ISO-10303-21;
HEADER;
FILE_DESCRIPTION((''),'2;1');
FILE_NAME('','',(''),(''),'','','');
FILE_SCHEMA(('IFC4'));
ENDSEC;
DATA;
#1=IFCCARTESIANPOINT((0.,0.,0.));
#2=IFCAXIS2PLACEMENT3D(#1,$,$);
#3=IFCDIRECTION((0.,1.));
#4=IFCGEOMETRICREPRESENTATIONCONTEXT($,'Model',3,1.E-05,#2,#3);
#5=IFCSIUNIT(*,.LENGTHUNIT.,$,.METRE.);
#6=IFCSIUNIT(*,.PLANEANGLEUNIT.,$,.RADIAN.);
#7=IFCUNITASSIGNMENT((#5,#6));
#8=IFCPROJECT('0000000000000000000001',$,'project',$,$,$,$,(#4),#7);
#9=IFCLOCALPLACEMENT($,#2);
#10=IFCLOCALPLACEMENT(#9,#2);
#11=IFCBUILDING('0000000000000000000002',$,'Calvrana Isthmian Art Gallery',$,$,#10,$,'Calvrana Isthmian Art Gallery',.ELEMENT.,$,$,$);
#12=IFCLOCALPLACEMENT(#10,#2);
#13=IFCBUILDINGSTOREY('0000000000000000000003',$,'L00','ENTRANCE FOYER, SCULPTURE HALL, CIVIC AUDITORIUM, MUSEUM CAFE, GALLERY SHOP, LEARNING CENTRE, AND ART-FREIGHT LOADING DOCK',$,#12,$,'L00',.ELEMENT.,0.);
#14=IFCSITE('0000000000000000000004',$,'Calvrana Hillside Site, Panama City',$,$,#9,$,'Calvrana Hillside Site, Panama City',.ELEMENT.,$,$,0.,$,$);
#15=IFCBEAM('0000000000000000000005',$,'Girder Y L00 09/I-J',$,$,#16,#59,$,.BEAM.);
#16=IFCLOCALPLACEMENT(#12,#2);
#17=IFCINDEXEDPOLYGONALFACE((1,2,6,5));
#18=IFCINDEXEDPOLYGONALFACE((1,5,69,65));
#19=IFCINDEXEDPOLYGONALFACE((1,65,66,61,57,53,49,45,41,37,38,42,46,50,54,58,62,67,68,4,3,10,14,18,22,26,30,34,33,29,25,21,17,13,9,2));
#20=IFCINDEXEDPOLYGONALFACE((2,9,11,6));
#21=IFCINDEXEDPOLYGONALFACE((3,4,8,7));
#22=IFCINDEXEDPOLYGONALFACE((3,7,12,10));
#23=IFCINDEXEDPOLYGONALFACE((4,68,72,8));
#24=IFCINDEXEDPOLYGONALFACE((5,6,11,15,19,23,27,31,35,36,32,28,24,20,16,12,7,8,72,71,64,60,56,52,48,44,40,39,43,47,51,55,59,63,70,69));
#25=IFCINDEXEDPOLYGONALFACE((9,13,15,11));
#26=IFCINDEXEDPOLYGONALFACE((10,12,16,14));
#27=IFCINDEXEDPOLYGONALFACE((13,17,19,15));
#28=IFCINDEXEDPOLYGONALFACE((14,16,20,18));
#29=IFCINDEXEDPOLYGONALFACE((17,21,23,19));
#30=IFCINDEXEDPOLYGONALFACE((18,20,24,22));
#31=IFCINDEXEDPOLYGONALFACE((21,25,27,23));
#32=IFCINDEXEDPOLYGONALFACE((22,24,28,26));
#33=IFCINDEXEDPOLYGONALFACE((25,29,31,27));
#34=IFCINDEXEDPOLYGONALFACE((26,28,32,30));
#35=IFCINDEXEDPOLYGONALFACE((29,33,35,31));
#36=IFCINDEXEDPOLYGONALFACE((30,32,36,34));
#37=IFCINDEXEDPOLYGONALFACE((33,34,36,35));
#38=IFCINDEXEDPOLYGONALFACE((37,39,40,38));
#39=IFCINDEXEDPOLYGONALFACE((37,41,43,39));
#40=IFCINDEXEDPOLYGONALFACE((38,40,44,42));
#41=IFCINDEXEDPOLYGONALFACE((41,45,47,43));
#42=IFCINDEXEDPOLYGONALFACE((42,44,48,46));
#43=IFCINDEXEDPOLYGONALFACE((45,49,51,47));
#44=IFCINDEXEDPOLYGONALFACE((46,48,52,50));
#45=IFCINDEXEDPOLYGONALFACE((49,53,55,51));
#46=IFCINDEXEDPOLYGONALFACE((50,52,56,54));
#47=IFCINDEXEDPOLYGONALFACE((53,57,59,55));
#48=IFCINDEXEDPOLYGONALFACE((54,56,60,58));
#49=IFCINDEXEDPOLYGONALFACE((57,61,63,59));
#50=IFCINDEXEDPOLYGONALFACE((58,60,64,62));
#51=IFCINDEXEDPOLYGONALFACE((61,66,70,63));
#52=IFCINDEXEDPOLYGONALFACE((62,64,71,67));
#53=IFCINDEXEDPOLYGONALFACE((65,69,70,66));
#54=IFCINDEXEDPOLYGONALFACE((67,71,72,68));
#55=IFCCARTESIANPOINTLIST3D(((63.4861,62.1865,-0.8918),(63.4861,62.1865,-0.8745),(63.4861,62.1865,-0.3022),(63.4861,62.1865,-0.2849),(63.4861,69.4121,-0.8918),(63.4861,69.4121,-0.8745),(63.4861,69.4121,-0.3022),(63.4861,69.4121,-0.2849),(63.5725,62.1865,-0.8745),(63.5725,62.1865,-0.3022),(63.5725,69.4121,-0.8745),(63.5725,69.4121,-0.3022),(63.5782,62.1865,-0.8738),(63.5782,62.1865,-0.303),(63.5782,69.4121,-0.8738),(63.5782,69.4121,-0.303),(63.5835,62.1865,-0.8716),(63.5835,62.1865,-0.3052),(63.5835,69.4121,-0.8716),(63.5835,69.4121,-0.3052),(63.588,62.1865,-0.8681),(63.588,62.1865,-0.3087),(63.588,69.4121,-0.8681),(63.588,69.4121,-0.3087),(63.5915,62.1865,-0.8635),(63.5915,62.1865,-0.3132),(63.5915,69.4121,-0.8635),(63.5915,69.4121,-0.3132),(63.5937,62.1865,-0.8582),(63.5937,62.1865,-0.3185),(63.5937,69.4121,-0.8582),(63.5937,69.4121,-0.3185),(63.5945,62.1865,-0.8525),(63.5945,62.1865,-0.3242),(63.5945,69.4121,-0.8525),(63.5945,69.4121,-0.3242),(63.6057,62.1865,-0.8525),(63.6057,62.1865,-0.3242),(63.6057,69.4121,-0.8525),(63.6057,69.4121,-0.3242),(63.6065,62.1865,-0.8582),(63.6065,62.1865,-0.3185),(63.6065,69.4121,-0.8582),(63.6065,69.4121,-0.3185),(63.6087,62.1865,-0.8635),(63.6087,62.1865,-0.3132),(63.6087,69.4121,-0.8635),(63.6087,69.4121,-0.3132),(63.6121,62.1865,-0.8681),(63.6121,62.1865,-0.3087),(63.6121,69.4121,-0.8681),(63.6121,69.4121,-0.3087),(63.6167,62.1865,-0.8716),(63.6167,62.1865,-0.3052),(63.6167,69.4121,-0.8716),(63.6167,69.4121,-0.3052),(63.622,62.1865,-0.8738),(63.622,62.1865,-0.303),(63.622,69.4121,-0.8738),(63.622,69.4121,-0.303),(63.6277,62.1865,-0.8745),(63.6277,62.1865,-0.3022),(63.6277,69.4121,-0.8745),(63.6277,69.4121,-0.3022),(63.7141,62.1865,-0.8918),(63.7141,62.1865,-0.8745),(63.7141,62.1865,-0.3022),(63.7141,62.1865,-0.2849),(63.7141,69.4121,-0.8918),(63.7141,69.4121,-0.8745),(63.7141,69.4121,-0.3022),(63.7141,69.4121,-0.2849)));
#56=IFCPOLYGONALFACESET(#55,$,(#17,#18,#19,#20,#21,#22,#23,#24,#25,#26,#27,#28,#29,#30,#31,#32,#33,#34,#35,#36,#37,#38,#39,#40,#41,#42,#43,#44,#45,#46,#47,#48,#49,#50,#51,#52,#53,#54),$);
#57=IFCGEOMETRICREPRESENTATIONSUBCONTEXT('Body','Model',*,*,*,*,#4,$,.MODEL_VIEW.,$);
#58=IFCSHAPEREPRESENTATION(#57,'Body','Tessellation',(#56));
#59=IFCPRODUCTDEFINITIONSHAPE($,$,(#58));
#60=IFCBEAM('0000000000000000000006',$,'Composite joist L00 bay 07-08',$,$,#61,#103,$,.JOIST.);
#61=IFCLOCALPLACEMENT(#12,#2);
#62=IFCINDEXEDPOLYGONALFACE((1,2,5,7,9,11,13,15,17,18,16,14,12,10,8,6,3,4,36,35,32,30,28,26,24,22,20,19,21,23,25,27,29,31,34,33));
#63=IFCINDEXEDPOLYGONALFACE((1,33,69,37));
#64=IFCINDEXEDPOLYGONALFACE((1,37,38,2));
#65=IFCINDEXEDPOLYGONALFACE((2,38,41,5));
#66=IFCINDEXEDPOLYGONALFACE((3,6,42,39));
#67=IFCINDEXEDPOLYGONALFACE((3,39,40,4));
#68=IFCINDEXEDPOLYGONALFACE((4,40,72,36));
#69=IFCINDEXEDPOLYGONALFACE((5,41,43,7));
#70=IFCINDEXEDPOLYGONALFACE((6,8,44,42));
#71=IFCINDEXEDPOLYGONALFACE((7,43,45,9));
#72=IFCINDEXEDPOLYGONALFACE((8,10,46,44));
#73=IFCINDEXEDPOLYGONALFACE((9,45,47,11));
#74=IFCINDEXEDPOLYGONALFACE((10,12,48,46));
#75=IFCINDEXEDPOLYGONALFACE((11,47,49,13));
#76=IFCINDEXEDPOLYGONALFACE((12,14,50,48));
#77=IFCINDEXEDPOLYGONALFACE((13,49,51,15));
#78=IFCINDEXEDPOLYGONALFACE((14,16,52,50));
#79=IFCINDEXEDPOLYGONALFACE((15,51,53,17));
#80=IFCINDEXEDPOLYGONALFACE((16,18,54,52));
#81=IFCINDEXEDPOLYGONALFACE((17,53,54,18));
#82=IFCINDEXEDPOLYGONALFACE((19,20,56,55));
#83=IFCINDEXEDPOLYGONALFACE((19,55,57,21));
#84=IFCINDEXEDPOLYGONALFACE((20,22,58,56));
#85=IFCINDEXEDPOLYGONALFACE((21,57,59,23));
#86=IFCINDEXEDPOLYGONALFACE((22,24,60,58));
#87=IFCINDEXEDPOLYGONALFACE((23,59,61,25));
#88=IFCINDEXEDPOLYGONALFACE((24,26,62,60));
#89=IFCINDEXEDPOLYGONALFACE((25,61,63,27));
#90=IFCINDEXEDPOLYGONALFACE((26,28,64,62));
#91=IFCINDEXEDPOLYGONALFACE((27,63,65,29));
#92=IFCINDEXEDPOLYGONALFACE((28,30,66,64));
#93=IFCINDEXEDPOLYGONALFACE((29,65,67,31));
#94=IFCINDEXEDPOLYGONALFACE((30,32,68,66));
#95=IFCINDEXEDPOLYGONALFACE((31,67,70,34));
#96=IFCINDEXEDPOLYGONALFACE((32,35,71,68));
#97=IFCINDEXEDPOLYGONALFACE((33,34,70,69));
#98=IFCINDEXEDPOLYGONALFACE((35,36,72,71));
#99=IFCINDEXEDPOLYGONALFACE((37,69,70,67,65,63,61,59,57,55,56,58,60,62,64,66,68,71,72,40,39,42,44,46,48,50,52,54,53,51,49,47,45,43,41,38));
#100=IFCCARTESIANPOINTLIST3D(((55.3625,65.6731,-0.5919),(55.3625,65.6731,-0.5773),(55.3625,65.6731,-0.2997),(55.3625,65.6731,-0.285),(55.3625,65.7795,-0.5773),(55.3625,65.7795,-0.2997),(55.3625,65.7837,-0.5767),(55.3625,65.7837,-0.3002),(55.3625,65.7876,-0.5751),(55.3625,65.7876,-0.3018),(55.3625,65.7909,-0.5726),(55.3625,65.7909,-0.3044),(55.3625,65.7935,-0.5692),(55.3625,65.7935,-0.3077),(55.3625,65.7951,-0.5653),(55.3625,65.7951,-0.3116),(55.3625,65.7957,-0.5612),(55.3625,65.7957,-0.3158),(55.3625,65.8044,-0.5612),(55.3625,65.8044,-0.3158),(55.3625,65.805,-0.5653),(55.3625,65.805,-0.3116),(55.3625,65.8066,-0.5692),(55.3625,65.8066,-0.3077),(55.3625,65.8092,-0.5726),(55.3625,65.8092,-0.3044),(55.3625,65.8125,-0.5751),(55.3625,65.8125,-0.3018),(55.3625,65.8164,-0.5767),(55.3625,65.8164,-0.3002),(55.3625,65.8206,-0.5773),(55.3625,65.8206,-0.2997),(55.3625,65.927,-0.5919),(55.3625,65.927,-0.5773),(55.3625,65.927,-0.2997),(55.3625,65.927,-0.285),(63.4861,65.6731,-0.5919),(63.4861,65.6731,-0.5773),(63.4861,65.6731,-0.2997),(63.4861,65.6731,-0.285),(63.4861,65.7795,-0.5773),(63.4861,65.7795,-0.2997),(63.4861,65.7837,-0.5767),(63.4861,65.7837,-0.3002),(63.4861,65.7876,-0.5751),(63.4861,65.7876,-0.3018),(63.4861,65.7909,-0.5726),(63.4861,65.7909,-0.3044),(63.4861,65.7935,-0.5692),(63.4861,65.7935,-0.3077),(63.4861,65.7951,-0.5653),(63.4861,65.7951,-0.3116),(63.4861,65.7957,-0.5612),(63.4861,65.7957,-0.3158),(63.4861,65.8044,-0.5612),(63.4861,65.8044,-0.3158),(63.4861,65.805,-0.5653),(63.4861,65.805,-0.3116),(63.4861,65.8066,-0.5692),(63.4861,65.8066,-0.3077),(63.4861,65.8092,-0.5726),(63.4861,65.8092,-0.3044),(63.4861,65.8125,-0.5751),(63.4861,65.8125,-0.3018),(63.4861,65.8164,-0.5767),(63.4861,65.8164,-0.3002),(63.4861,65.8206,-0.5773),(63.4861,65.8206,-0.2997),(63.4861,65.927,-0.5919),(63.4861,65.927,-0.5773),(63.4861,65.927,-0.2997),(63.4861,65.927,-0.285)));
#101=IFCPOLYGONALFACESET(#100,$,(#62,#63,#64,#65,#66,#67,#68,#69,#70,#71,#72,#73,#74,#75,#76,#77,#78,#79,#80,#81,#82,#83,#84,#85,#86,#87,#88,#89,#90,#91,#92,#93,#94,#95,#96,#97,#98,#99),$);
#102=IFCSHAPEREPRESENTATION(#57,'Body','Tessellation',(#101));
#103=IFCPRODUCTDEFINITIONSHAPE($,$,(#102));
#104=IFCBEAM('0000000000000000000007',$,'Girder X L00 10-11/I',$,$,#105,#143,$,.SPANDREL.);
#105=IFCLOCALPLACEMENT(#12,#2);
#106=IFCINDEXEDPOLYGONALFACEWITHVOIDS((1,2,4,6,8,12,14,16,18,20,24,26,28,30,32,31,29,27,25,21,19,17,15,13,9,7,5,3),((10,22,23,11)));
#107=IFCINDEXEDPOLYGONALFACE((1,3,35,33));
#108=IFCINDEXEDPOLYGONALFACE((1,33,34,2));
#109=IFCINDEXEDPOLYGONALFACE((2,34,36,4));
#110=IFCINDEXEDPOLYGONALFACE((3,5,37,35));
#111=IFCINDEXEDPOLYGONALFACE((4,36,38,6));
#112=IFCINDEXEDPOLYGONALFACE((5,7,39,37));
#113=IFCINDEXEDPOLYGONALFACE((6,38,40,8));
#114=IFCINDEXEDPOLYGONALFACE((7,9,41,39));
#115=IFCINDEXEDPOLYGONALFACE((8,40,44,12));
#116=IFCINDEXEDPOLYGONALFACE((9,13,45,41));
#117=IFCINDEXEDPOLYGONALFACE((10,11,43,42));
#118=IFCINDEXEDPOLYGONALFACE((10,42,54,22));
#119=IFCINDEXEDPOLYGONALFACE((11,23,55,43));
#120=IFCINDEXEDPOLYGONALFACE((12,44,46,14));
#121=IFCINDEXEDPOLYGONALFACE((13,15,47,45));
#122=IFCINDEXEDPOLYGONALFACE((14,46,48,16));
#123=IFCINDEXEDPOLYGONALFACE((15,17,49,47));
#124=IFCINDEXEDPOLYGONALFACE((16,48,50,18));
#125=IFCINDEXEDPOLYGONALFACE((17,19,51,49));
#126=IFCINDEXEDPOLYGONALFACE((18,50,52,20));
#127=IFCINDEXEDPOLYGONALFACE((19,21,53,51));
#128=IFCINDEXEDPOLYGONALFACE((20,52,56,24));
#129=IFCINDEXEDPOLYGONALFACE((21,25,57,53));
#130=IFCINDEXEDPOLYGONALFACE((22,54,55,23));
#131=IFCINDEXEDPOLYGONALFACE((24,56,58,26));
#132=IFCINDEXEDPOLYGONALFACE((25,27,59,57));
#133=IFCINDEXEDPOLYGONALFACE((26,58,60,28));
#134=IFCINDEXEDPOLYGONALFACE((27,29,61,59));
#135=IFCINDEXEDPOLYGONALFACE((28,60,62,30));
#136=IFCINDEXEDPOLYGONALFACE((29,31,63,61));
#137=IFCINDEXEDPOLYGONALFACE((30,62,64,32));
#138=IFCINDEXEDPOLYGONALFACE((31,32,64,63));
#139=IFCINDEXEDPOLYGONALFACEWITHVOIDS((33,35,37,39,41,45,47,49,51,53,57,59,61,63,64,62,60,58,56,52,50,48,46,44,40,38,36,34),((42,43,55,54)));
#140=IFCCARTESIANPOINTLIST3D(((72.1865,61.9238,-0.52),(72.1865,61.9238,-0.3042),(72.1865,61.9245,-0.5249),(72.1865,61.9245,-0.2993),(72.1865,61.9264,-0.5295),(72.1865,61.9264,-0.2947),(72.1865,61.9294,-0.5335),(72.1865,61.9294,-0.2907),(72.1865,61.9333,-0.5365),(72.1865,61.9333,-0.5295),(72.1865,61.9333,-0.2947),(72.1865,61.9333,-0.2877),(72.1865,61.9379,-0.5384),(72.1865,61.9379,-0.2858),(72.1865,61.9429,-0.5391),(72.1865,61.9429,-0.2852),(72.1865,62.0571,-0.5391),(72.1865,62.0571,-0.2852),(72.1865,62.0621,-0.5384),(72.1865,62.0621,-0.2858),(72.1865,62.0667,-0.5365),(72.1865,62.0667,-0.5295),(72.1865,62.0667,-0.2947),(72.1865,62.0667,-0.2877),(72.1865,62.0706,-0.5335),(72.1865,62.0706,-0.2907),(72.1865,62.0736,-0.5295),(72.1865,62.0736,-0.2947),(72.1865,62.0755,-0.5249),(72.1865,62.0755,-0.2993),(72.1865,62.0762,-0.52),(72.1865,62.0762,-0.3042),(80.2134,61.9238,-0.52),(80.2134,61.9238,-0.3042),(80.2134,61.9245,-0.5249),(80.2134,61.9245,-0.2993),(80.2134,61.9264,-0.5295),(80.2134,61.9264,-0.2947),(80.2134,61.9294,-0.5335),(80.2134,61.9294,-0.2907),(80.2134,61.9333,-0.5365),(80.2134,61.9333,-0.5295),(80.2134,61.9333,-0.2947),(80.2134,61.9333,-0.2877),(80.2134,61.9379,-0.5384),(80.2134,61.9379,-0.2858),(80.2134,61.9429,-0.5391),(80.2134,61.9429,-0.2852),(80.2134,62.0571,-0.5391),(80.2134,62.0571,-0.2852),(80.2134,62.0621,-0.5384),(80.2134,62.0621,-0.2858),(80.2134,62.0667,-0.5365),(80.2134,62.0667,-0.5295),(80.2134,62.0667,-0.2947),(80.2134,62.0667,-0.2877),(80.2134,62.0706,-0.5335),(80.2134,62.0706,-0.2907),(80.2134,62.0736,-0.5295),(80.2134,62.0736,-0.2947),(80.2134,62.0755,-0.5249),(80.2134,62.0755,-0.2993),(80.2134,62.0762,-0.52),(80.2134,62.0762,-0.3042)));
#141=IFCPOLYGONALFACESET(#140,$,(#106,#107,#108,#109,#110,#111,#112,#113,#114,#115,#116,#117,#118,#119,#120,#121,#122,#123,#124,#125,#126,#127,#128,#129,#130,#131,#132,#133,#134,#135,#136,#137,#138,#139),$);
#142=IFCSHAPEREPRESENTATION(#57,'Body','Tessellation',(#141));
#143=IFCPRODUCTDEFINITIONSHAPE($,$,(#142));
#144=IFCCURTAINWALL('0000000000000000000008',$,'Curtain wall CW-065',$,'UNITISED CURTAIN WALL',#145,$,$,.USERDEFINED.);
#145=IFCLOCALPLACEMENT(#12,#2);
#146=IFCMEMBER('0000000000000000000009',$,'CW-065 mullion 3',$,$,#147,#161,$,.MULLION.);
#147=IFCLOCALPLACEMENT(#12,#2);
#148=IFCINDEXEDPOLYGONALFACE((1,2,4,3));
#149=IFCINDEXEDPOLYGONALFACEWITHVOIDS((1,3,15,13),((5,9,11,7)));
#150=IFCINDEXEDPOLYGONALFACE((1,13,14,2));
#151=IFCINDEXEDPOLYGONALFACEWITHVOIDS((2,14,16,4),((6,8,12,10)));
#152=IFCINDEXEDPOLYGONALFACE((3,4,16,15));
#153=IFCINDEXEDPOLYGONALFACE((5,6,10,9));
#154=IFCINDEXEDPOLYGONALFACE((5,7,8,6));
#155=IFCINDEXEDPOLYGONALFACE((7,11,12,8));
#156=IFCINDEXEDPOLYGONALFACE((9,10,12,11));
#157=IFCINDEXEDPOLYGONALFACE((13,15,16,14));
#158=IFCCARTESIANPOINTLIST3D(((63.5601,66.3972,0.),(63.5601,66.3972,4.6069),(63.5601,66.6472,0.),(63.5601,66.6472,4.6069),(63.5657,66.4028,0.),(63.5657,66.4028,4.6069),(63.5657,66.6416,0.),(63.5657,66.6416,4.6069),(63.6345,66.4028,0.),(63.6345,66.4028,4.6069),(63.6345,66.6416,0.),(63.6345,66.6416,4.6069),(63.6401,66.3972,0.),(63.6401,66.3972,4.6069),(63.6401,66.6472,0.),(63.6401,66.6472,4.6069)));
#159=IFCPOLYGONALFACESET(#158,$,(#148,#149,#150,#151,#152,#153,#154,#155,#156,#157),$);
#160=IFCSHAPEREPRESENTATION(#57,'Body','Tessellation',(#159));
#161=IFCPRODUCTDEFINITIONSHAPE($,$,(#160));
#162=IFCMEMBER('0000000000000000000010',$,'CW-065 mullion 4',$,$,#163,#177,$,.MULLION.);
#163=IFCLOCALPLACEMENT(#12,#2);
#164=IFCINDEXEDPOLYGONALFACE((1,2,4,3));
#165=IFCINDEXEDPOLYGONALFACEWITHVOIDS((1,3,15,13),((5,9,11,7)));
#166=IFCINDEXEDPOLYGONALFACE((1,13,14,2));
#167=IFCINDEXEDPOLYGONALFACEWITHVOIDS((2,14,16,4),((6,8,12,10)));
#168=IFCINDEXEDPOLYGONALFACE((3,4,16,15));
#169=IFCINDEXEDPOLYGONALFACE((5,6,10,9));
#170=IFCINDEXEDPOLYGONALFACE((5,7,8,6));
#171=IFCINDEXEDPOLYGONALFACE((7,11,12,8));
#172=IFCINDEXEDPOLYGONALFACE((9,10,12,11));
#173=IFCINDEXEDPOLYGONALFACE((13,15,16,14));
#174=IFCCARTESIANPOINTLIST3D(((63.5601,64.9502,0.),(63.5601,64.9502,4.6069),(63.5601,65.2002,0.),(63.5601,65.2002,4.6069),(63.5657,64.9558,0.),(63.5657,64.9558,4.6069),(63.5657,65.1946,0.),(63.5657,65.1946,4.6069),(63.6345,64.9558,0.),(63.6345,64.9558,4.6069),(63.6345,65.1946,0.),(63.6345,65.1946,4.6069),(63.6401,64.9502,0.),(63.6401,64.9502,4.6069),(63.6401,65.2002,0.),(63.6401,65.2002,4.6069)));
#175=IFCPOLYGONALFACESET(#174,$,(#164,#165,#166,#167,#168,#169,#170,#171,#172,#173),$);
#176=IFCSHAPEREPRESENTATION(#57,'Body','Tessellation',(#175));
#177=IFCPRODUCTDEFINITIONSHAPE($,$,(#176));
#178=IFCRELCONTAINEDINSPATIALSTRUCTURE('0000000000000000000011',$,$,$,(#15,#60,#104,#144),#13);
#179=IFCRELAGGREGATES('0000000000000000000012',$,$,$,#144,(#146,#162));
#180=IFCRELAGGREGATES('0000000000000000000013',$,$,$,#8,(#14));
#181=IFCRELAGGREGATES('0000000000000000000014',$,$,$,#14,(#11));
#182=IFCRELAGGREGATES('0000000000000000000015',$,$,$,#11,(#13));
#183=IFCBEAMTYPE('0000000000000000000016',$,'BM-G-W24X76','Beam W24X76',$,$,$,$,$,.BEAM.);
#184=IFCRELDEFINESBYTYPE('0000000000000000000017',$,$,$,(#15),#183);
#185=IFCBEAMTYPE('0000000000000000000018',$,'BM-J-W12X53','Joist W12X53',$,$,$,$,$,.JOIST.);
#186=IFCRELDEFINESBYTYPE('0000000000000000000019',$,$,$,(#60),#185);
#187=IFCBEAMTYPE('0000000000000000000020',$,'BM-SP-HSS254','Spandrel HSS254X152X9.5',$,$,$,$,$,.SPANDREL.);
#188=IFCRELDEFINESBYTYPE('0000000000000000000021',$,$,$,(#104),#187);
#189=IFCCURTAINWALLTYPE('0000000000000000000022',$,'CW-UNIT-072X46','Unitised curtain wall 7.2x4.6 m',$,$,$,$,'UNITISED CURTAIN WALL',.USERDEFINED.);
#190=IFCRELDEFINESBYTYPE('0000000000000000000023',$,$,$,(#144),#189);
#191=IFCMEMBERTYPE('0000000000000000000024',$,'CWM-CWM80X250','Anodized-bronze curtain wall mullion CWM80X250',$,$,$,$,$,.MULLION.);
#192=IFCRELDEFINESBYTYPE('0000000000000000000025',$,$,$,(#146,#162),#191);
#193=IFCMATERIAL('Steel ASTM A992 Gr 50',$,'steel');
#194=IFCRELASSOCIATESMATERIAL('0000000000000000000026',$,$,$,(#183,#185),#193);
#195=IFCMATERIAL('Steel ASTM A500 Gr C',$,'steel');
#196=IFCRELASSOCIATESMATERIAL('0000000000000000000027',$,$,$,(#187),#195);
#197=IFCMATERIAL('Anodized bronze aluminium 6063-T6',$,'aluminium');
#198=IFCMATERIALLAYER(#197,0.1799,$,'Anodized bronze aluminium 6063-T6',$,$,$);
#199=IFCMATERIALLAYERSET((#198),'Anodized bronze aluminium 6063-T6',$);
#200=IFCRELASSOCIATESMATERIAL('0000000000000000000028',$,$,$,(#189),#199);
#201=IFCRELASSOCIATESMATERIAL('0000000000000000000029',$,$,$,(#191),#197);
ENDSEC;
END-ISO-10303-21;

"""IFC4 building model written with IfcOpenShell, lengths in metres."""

from ifc_helpers import new_model, si_unit, direction, frame, origin, origin_2d, place, context, subcontext, project, spatial, hollow_rectangle, i_section, extrude, material, layer, layer_set, material_profile, profile_set, type_object, element, aggregate, save


model = new_model("IFC4")

# Units and contexts
model_context = context("Model", 3, precision=1e-05, world=origin(), true_north=direction((0.0, 1.0)))
body_context = subcontext(model_context, "Body", "Model", "MODEL_VIEW")
ifc_project = project(units=[si_unit("LENGTHUNIT", "METRE"), si_unit("PLANEANGLEUNIT", "RADIAN")], contexts=[model_context])

# Site, building, storey
site_placement = place(None, origin())
site = spatial("IfcSite", under=ifc_project, at=site_placement, Name="Calvrana Hillside Site, Panama City", LongName="Calvrana Hillside Site, Panama City", CompositionType="ELEMENT", RefElevation=0.0)
building_placement = place(site_placement, origin())
building = spatial("IfcBuilding", under=site, at=building_placement, Name="Calvrana Isthmian Art Gallery", LongName="Calvrana Isthmian Art Gallery", CompositionType="ELEMENT")
storey_placement = place(building_placement, origin())
storey = spatial("IfcBuildingStorey", under=building, at=storey_placement, Name="L00", Description="ENTRANCE FOYER, SCULPTURE HALL, CIVIC AUDITORIUM, MUSEUM CAFE, GALLERY SHOP, LEARNING CENTRE, AND ART-FREIGHT LOADING DOCK", LongName="L00", CompositionType="ELEMENT", Elevation=0.0)

# Shared definitions
ifc_material_1 = material(Name="Steel ASTM A992 Gr 50", Category="steel")

# Beams
ifc_material_profile_1 = material_profile(ifc_material_1, i_section(OverallWidth=0.228, OverallDepth=0.6069, WebThickness=0.0112, FlangeThickness=0.0173, FilletRadius=0.022, at=origin_2d()), Name="W24X76")
ifc_profile_set_1 = profile_set([ifc_material_profile_1], Name="Steel ASTM A992 Gr 50")
beam_type_1 = type_object("IfcBeamType", Name="BM-G-W24X76", Description="Beam W24X76", PredefinedType="BEAM", material=ifc_profile_set_1)
beam_1_placement = place(storey_placement, frame((63.6001, 62.1865, -0.5884), z_axis=(0.0, 1.0, 0.0), x_axis=(-1.0, 0.0, 0.0)))
element("IfcBeam", 1, at=beam_1_placement, inside=storey, type_object=beam_type_1, Name="Girder Y L00 09/I-J", PredefinedType="BEAM", context=body_context, shape_type="SweptSolid", body=[
    extrude(i_section(OverallWidth=0.228, OverallDepth=0.6069, WebThickness=0.0112, FlangeThickness=0.0173, FilletRadius=0.022, at=origin_2d()), origin(), (0.0, 0.0, 1.0), 7.2256),
])
ifc_material_profile_2 = material_profile(ifc_material_1, i_section(OverallWidth=0.2539, OverallDepth=0.3069, WebThickness=0.0088, FlangeThickness=0.0146, FilletRadius=0.0161, at=origin_2d()), Name="W12X53")
ifc_profile_set_2 = profile_set([ifc_material_profile_2], Name="Steel ASTM A992 Gr 50")
beam_type_2 = type_object("IfcBeamType", Name="BM-J-W12X53", Description="Joist W12X53", PredefinedType="JOIST", material=ifc_profile_set_2)
beam_2_placement = place(storey_placement, frame((55.3625, 65.8, -0.4385), z_axis=(1.0, 0.0, 0.0), x_axis=(0.0, 1.0, 0.0)))
element("IfcBeam", 2, at=beam_2_placement, inside=storey, type_object=beam_type_2, Name="Composite joist L00 bay 07-08", PredefinedType="JOIST", context=body_context, shape_type="SweptSolid", body=[
    extrude(i_section(OverallWidth=0.2539, OverallDepth=0.3069, WebThickness=0.0088, FlangeThickness=0.0146, FilletRadius=0.0161, at=origin_2d()), origin(), (0.0, 0.0, 1.0), 8.1235),
])
ifc_material_2 = material(Name="Steel ASTM A500 Gr C", Category="steel")
ifc_material_profile_3 = material_profile(ifc_material_2, hollow_rectangle(XDim=0.1523, YDim=0.2539, WallThickness=0.0095, OuterFilletRadius=0.019, at=origin_2d()), Name="HSS254X152X9.5")
ifc_profile_set_3 = profile_set([ifc_material_profile_3], Name="Steel ASTM A500 Gr C")
beam_type_3 = type_object("IfcBeamType", Name="BM-SP-HSS254", Description="Spandrel HSS254X152X9.5", PredefinedType="SPANDREL", material=ifc_profile_set_3)
beam_3_placement = place(storey_placement, frame((72.1865, 62.0, -0.4121), z_axis=(1.0, 0.0, 0.0), x_axis=(0.0, 1.0, 0.0)))
element("IfcBeam", 3, at=beam_3_placement, inside=storey, type_object=beam_type_3, Name="Girder X L00 10-11/I", PredefinedType="SPANDREL", context=body_context, shape_type="SweptSolid", body=[
    extrude(hollow_rectangle(XDim=0.1523, YDim=0.2539, WallThickness=0.0095, OuterFilletRadius=0.019, at=origin_2d()), origin(), (0.0, 0.0, 1.0), 8.0269),
])

# Curtain wall, members
ifc_material_3 = material(Name="Anodized bronze aluminium 6063-T6", Category="aluminium")
ifc_layer_1 = layer(ifc_material_3, 0.1799, Name="Anodized bronze aluminium 6063-T6")
ifc_layer_set_1 = layer_set([ifc_layer_1], Name="Anodized bronze aluminium 6063-T6")
curtain_wall_type = type_object("IfcCurtainWallType", Name="CW-UNIT-072X46", Description="Unitised curtain wall 7.2x4.6 m", ElementType="UNITISED CURTAIN WALL", PredefinedType="USERDEFINED", material=ifc_layer_set_1)
curtain_wall_placement = place(storey_placement, origin())
curtain_wall = element("IfcCurtainWall", 4, at=curtain_wall_placement, inside=storey, type_object=curtain_wall_type, Name="Curtain wall CW-065", ObjectType="UNITISED CURTAIN WALL", PredefinedType="USERDEFINED")
ifc_material_profile_4 = material_profile(ifc_material_3, hollow_rectangle(XDim=0.0801, YDim=0.25, WallThickness=0.0056, at=origin_2d()), Name="CWM80X250")
ifc_profile_set_4 = profile_set([ifc_material_profile_4], Name="Anodized bronze aluminium 6063-T6")
member_type_1 = type_object("IfcMemberType", Name="CWM-CWM80X250", Description="Anodized-bronze curtain wall mullion CWM80X250", PredefinedType="MULLION", material=ifc_profile_set_4)
member_1_placement = place(storey_placement, frame((63.6001, 66.5222, 0.0), z_axis=(0.0, 0.0, 1.0), x_axis=(1.0, 0.0, 0.0)))
member_1 = element("IfcMember", 5, at=member_1_placement, type_object=member_type_1, Name="CW-065 mullion 3", PredefinedType="MULLION", context=body_context, shape_type="SweptSolid", body=[
    extrude(hollow_rectangle(XDim=0.0801, YDim=0.25, WallThickness=0.0056, at=origin_2d()), origin(), (0.0, 0.0, 1.0), 4.6069),
])
member_2_placement = place(storey_placement, frame((63.6001, 65.0752, 0.0), z_axis=(0.0, 0.0, 1.0), x_axis=(1.0, 0.0, 0.0)))
member_2 = element("IfcMember", 6, at=member_2_placement, type_object=member_type_1, Name="CW-065 mullion 4", PredefinedType="MULLION", context=body_context, shape_type="SweptSolid", body=[
    extrude(hollow_rectangle(XDim=0.0801, YDim=0.25, WallThickness=0.0056, at=origin_2d()), origin(), (0.0, 0.0, 1.0), 4.6069),
])
aggregate(curtain_wall, [member_1, member_2])

save(model, "model.ifc")
